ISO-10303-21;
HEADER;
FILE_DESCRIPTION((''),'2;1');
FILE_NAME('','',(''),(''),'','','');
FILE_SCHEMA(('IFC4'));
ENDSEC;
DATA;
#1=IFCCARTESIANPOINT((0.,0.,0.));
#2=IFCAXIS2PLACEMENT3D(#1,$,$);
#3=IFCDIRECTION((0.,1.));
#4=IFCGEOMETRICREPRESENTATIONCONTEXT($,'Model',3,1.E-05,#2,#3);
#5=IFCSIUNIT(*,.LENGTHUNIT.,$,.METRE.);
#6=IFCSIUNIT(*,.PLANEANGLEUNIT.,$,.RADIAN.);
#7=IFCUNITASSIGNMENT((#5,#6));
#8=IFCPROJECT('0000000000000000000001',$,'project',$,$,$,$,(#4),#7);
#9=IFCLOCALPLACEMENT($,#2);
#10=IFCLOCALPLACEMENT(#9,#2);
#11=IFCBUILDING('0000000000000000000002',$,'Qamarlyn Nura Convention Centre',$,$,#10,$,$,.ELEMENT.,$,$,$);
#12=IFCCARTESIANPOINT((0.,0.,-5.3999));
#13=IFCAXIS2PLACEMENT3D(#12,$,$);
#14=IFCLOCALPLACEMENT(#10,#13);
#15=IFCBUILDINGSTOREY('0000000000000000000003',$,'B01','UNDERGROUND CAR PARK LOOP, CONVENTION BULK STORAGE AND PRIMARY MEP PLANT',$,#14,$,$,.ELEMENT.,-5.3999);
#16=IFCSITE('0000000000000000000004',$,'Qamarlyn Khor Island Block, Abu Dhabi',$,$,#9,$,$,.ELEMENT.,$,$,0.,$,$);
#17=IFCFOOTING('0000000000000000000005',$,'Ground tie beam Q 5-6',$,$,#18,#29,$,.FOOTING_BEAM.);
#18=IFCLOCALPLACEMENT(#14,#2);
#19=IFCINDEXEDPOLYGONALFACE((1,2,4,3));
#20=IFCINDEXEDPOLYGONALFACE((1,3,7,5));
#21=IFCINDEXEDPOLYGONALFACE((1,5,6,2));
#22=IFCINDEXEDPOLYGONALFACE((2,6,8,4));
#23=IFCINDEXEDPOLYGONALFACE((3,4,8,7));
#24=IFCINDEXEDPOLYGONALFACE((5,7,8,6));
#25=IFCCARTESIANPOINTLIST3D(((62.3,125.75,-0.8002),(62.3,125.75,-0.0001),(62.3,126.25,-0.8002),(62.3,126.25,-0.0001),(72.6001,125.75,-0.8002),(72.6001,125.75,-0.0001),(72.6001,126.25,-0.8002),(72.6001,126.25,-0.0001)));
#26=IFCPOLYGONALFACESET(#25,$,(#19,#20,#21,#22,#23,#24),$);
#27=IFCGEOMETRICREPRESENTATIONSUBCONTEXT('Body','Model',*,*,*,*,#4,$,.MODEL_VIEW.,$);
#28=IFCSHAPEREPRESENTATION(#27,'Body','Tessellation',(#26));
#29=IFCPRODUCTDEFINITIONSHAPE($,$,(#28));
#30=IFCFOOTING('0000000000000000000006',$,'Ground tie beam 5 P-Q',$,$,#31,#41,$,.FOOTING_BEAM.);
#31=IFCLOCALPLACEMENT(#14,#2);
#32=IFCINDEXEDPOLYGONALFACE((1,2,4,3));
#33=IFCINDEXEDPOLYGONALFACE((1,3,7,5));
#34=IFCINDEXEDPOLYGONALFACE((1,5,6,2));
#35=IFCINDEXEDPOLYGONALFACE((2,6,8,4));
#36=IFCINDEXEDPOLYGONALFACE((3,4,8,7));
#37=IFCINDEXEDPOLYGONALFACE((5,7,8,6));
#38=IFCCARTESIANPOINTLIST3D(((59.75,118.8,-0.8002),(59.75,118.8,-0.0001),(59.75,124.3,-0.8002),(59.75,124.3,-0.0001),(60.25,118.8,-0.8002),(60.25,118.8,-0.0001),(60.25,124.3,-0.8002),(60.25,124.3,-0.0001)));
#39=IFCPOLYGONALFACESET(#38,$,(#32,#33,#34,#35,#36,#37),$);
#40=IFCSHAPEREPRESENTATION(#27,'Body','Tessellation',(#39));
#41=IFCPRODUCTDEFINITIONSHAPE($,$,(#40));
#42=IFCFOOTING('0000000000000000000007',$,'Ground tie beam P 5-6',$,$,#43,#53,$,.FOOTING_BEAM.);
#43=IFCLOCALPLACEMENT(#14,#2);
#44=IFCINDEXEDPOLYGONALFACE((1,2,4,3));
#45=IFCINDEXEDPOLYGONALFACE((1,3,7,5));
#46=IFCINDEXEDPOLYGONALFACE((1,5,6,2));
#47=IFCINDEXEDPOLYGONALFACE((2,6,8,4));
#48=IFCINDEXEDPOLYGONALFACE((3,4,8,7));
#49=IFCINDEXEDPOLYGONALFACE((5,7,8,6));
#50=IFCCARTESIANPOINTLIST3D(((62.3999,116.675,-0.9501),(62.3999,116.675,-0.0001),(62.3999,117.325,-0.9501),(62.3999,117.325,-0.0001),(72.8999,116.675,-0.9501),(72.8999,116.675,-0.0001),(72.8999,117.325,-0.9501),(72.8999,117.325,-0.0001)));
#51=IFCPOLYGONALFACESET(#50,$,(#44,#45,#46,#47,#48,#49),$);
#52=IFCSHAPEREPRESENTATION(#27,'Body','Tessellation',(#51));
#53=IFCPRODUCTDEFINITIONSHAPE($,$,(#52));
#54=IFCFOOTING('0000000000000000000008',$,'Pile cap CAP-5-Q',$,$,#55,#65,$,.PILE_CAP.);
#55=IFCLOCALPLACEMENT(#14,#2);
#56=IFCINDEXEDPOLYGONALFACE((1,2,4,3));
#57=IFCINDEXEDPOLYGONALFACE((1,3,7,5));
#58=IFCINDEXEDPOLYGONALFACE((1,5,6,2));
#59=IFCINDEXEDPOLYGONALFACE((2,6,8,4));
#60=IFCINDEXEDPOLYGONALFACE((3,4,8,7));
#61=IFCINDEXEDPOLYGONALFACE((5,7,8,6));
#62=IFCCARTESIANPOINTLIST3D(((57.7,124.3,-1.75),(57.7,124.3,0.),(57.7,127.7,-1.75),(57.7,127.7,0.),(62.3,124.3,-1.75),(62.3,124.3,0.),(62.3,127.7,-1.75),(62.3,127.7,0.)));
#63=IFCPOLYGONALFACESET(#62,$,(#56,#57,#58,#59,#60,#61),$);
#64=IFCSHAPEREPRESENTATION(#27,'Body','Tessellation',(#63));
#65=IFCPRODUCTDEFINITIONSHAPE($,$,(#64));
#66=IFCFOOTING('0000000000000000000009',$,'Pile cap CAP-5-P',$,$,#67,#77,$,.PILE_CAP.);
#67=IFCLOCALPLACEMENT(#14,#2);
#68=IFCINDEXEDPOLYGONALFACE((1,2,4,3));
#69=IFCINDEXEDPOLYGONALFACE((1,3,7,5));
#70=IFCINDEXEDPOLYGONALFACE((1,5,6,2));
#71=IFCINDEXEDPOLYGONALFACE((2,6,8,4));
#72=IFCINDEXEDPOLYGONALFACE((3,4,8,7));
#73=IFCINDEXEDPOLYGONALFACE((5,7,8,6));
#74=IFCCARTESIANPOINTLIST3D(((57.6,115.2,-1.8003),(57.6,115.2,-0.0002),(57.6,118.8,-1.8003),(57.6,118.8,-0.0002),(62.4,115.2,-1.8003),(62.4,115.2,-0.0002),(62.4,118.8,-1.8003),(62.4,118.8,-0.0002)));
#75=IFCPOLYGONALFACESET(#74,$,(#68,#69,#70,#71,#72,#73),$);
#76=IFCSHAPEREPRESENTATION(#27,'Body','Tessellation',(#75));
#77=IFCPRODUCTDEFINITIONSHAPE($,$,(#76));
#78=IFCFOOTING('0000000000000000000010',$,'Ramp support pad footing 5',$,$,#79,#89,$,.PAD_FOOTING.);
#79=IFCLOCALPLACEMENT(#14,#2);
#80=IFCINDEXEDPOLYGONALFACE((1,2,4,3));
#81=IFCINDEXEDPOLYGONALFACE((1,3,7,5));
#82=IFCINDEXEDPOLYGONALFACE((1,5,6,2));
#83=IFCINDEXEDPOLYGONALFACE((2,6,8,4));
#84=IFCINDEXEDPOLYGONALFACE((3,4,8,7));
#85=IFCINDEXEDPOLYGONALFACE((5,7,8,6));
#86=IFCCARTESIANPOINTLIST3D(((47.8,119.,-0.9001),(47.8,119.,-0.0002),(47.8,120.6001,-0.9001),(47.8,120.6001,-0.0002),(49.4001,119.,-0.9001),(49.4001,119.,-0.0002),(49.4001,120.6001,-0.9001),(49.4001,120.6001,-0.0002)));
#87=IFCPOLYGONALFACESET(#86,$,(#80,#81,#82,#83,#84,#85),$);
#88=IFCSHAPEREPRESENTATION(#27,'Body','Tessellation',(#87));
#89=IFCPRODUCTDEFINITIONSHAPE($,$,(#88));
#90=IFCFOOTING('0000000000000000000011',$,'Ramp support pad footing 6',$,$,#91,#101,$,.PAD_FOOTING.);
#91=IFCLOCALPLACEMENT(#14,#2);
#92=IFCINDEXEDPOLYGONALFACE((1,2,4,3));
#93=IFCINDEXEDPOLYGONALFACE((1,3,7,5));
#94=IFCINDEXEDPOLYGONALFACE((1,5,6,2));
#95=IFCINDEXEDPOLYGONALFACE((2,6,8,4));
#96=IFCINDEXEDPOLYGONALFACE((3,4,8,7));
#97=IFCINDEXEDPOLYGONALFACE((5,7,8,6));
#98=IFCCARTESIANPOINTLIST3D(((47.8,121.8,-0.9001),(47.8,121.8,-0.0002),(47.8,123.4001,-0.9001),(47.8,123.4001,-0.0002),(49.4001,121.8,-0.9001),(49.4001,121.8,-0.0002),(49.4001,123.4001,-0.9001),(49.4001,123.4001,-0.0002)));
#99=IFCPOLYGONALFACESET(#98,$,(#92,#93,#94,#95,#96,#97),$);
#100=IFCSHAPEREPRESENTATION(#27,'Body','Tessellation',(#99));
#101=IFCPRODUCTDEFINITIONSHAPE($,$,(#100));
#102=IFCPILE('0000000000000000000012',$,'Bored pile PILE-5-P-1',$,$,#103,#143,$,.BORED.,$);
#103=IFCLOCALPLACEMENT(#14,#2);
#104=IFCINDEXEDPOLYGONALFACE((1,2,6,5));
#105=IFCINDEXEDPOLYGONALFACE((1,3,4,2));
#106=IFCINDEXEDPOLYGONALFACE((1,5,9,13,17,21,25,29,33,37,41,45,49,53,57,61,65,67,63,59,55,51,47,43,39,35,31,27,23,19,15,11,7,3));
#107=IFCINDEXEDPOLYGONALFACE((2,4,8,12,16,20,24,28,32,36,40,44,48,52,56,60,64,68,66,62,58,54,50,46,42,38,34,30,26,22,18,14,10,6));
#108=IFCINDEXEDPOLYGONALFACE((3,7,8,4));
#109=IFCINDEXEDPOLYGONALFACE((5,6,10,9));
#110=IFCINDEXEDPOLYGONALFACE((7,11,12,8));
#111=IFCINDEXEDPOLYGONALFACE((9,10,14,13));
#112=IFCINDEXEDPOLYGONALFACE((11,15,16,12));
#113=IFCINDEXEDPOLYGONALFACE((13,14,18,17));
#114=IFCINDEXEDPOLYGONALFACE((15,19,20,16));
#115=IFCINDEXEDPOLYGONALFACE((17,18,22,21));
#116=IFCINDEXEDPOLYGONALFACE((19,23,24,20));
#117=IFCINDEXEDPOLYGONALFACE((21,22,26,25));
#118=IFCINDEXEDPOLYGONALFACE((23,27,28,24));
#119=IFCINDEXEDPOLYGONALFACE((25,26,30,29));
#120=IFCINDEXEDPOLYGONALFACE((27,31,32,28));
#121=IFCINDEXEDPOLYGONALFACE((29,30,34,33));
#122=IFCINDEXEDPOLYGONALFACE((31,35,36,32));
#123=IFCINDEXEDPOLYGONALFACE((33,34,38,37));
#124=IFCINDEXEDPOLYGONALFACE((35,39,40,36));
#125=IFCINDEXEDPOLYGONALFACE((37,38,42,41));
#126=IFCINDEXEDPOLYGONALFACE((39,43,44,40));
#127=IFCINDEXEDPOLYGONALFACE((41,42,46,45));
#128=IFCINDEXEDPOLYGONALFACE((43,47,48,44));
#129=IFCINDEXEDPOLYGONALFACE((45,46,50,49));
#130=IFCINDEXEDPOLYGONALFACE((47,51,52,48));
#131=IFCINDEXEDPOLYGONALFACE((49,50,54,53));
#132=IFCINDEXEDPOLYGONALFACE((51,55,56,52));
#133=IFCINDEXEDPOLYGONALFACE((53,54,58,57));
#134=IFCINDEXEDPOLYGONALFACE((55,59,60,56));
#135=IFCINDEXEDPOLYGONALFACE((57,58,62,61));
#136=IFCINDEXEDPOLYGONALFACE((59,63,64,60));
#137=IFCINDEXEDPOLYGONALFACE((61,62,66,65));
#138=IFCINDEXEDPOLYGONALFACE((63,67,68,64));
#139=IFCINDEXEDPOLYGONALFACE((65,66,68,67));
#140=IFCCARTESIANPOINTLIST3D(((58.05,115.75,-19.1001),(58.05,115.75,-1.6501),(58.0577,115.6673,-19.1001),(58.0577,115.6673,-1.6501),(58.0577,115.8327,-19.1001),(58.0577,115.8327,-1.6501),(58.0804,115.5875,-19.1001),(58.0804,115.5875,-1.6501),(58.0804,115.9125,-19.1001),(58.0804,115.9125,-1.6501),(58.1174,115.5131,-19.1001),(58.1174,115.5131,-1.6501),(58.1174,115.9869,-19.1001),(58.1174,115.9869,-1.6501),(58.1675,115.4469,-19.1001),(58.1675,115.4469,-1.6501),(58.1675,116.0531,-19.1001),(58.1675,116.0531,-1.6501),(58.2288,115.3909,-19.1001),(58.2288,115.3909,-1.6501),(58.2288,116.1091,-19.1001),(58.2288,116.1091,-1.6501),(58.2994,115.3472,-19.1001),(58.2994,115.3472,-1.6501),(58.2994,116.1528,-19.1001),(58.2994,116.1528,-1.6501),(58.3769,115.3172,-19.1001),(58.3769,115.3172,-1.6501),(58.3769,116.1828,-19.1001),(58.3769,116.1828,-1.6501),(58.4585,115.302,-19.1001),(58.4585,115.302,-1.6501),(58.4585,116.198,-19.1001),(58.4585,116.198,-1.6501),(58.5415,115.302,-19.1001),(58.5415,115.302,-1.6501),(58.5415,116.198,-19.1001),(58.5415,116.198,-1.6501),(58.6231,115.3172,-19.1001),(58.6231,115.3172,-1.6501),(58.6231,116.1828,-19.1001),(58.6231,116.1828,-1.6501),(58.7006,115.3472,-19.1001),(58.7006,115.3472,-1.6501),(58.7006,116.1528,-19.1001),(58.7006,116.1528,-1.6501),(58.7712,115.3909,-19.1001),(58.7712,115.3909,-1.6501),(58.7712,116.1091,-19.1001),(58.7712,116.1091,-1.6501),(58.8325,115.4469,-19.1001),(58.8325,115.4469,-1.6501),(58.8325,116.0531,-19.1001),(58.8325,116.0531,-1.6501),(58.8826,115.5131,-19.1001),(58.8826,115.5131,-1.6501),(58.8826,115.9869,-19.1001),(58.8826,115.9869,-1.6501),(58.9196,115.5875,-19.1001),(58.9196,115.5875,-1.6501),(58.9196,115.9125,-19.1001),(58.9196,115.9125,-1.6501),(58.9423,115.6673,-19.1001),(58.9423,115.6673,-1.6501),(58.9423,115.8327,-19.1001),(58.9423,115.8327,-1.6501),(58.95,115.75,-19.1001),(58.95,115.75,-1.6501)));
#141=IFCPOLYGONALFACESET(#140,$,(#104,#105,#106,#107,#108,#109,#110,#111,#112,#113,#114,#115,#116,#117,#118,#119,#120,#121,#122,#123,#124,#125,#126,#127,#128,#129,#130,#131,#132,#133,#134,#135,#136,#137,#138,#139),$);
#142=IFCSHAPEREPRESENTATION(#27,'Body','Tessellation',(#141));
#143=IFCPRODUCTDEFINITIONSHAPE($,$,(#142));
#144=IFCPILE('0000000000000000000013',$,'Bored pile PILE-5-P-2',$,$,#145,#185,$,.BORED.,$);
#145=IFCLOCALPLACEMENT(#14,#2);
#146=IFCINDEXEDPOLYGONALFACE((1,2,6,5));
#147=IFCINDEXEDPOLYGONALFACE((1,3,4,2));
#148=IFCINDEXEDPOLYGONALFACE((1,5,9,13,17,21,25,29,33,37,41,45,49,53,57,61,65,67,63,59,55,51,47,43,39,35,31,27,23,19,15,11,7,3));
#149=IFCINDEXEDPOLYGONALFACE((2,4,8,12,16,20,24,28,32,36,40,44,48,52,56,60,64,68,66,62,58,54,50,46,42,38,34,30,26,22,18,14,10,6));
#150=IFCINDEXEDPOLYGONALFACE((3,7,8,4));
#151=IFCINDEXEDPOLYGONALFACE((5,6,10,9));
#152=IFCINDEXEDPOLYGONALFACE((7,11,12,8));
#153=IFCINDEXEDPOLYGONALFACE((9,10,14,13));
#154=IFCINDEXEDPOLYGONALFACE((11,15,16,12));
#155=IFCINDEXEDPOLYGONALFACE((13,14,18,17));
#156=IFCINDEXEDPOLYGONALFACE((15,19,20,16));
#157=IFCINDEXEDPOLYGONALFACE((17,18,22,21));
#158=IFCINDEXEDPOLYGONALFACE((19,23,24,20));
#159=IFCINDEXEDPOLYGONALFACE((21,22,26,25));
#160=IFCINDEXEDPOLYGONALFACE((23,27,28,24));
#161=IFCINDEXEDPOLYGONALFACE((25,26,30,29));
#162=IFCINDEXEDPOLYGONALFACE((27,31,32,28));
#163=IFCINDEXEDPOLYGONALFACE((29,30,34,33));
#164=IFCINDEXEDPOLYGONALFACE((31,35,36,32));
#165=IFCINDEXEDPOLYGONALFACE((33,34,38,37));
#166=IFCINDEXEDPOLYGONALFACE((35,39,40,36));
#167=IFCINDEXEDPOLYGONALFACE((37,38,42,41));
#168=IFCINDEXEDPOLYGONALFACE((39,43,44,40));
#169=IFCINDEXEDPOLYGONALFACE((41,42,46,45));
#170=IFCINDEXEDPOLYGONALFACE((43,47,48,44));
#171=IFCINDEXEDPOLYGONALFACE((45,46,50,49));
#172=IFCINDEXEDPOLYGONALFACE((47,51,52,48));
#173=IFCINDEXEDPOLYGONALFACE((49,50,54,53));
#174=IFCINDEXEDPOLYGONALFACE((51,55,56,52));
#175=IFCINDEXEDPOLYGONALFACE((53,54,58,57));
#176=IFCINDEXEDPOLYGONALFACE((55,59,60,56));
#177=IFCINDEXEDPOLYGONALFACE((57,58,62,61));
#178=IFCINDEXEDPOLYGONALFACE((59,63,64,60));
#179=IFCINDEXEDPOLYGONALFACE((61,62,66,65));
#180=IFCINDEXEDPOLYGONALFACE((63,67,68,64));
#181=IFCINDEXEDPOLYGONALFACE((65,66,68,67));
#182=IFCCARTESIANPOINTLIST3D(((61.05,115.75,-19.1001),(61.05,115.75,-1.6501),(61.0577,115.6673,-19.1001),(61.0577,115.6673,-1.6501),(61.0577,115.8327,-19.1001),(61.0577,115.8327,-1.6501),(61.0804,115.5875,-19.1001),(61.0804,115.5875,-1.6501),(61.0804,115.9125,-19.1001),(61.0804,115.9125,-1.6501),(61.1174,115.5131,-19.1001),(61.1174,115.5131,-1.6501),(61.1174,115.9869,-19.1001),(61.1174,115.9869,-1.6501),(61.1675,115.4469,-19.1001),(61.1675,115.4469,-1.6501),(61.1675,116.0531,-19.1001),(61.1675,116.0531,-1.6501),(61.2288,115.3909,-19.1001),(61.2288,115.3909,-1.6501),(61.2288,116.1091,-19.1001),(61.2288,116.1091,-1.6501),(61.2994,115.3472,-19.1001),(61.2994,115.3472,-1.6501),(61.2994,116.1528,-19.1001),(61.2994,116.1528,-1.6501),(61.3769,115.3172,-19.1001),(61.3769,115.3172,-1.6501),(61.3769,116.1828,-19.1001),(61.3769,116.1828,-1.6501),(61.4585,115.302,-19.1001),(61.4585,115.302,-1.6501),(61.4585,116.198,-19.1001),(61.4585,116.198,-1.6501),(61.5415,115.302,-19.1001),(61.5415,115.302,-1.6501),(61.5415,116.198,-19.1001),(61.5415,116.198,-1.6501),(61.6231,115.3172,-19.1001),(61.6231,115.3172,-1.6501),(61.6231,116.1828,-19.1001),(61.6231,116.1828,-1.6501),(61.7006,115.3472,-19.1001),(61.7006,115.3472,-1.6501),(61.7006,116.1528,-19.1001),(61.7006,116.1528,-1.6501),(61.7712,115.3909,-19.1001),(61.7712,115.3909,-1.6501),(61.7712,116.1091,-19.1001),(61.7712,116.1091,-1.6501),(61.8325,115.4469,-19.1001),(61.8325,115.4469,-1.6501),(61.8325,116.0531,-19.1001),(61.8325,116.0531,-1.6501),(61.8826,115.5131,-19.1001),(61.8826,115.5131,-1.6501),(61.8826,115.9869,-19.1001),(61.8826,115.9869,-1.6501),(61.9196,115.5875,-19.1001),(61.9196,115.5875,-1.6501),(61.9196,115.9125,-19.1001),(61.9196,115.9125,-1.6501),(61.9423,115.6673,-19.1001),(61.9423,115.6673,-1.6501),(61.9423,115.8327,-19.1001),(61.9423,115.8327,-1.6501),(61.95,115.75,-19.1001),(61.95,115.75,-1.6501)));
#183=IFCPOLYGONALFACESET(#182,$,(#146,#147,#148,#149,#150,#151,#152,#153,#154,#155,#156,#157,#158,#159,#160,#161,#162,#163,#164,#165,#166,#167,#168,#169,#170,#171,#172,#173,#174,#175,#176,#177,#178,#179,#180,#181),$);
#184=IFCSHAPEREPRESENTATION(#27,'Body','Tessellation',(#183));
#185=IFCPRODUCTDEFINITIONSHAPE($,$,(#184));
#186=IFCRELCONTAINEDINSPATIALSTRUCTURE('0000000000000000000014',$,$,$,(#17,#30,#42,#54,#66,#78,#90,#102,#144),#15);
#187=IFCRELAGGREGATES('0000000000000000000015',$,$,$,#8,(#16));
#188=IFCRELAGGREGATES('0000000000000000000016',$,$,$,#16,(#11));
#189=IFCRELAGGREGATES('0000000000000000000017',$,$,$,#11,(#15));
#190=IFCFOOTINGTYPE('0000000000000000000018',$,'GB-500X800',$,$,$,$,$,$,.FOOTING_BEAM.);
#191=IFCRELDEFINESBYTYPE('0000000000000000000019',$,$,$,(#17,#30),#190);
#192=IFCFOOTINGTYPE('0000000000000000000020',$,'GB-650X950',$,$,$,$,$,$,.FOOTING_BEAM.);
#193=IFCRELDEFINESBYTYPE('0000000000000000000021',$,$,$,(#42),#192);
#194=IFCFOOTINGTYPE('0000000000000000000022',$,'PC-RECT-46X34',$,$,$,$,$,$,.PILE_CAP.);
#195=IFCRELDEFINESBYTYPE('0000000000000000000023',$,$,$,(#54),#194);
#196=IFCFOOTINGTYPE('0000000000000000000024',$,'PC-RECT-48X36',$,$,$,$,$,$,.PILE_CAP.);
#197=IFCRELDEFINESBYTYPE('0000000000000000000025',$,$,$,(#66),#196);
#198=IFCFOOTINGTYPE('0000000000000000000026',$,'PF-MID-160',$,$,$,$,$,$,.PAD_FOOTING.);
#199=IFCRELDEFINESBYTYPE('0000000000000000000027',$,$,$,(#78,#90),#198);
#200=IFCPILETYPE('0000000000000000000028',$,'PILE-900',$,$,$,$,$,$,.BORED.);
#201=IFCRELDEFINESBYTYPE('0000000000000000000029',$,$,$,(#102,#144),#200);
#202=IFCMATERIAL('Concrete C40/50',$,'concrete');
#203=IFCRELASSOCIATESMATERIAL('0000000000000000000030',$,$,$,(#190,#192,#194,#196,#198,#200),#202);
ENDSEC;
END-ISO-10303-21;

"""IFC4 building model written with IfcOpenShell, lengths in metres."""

from ifc_helpers import new_model, si_unit, direction, frame, origin, origin_2d, place, context, subcontext, project, spatial, rectangle, circle, extrude, material, material_profile, profile_set, type_object, element, save


model = new_model("IFC4")

# Units and contexts
model_context = context("Model", 3, precision=1e-05, world=origin(), true_north=direction((0.0, 1.0)))
body_context = subcontext(model_context, "Body", "Model", "MODEL_VIEW")
ifc_project = project(units=[si_unit("LENGTHUNIT", "METRE"), si_unit("PLANEANGLEUNIT", "RADIAN")], contexts=[model_context])

# Site, building, storey
site_placement = place(None, origin())
site = spatial("IfcSite", under=ifc_project, at=site_placement, Name="Qamarlyn Khor Island Block, Abu Dhabi", CompositionType="ELEMENT", RefElevation=0.0)
building_placement = place(site_placement, origin())
building = spatial("IfcBuilding", under=site, at=building_placement, Name="Qamarlyn Nura Convention Centre", CompositionType="ELEMENT")
storey_placement = place(building_placement, frame((0.0, 0.0, -5.3999)))
storey = spatial("IfcBuildingStorey", under=building, at=storey_placement, Name="B01", Description="UNDERGROUND CAR PARK LOOP, CONVENTION BULK STORAGE AND PRIMARY MEP PLANT", CompositionType="ELEMENT", Elevation=-5.3999)

# Footings
ifc_material_1 = material(Name="Concrete C40/50", Category="concrete")
ifc_material_profile_1 = material_profile(ifc_material_1, rectangle(XDim=0.5, YDim=0.8, at=origin_2d()), Name="RC GB 500x800")
ifc_profile_set_1 = profile_set([ifc_material_profile_1], Name="Concrete C40/50")
footing_type_1 = type_object("IfcFootingType", Name="GB-500X800", PredefinedType="FOOTING_BEAM", material=ifc_profile_set_1)
footing_1_placement = place(storey_placement, frame((62.3, 126.0, -0.4001), z_axis=(1.0, 0.0, 0.0), x_axis=(0.0, 1.0, 0.0)))
element("IfcFooting", 1, at=footing_1_placement, inside=storey, type_object=footing_type_1, Name="Ground tie beam Q 5-6", PredefinedType="FOOTING_BEAM", context=body_context, shape_type="SweptSolid", body=[
    extrude(rectangle(XDim=0.5, YDim=0.8, at=origin_2d()), origin(), (0.0, 0.0, 1.0), 10.3),
])
footing_2_placement = place(storey_placement, frame((60.0, 118.8, -0.4001), z_axis=(0.0, 1.0, 0.0), x_axis=(-1.0, 0.0, 0.0)))
element("IfcFooting", 2, at=footing_2_placement, inside=storey, type_object=footing_type_1, Name="Ground tie beam 5 P-Q", PredefinedType="FOOTING_BEAM", context=body_context, shape_type="SweptSolid", body=[
    extrude(rectangle(XDim=0.5, YDim=0.8, at=origin_2d()), origin(), (0.0, 0.0, 1.0), 5.5),
])
ifc_material_profile_2 = material_profile(ifc_material_1, rectangle(XDim=0.6499, YDim=0.95, at=origin_2d()), Name="RC GB 650x950")
ifc_profile_set_2 = profile_set([ifc_material_profile_2], Name="Concrete C40/50")
footing_type_2 = type_object("IfcFootingType", Name="GB-650X950", PredefinedType="FOOTING_BEAM", material=ifc_profile_set_2)
footing_3_placement = place(storey_placement, frame((62.3999, 117.0, -0.4751), z_axis=(1.0, 0.0, 0.0), x_axis=(0.0, 1.0, 0.0)))
element("IfcFooting", 3, at=footing_3_placement, inside=storey, type_object=footing_type_2, Name="Ground tie beam P 5-6", PredefinedType="FOOTING_BEAM", context=body_context, shape_type="SweptSolid", body=[
    extrude(rectangle(XDim=0.6499, YDim=0.95, at=origin_2d()), origin(), (0.0, 0.0, 1.0), 10.5),
])
footing_type_3 = type_object("IfcFootingType", Name="PC-RECT-46X34", PredefinedType="PILE_CAP", material=ifc_material_1)
footing_4_placement = place(storey_placement, frame((60.0, 126.0, -1.75), z_axis=(0.0, 0.0, 1.0), x_axis=(1.0, 0.0, 0.0)))
element("IfcFooting", 4, at=footing_4_placement, inside=storey, type_object=footing_type_3, Name="Pile cap CAP-5-Q", PredefinedType="PILE_CAP", context=body_context, shape_type="SweptSolid", body=[
    extrude(rectangle(XDim=4.6001, YDim=3.3999, at=origin_2d()), origin(), (0.0, 0.0, 1.0), 1.75),
])
footing_type_4 = type_object("IfcFootingType", Name="PC-RECT-48X36", PredefinedType="PILE_CAP", material=ifc_material_1)
footing_5_placement = place(storey_placement, frame((60.0, 117.0, -1.8003), z_axis=(0.0, 0.0, 1.0), x_axis=(1.0, 0.0, 0.0)))
element("IfcFooting", 5, at=footing_5_placement, inside=storey, type_object=footing_type_4, Name="Pile cap CAP-5-P", PredefinedType="PILE_CAP", context=body_context, shape_type="SweptSolid", body=[
    extrude(rectangle(XDim=4.8, YDim=3.6001, at=origin_2d()), origin(), (0.0, 0.0, 1.0), 1.8),
])
footing_type_5 = type_object("IfcFootingType", Name="PF-MID-160", PredefinedType="PAD_FOOTING", material=ifc_material_1)
for number, where, z_axis, x_axis, name in (
    (6, (48.6001, 119.8, -0.9001), (0.0, 0.0, 1.0), (1.0, 0.0, 0.0), "Ramp support pad footing 5"),
    (7, (48.6001, 122.6001, -0.9001), (0.0, 0.0, 1.0), (1.0, 0.0, 0.0), "Ramp support pad footing 6"),
):
    element("IfcFooting", number, at=place(storey_placement, frame(where, z_axis=z_axis, x_axis=x_axis)), inside=storey, type_object=footing_type_5, Name=name, PredefinedType="PAD_FOOTING", context=body_context, shape_type="SweptSolid", body=[
        extrude(rectangle(XDim=1.6001, YDim=1.6001, at=origin_2d()), origin(), (0.0, 0.0, 1.0), 0.8999),
    ])

# Piles
ifc_material_profile_3 = material_profile(ifc_material_1, circle(Radius=0.45, at=origin_2d()), Name="BORED PILE 900")
ifc_profile_set_3 = profile_set([ifc_material_profile_3], Name="Concrete C40/50")
pile_type = type_object("IfcPileType", Name="PILE-900", PredefinedType="BORED", material=ifc_profile_set_3)
for number, where, z_axis, x_axis, name in (
    (8, (58.5, 115.75, -1.6501), (0.0, 0.0, -1.0), (1.0, 0.0, 0.0), "Bored pile PILE-5-P-1"),
    (9, (61.5, 115.75, -1.6501), (0.0, 0.0, -1.0), (1.0, 0.0, 0.0), "Bored pile PILE-5-P-2"),
):
    element("IfcPile", number, at=place(storey_placement, frame(where, z_axis=z_axis, x_axis=x_axis)), inside=storey, type_object=pile_type, Name=name, PredefinedType="BORED", context=body_context, shape_type="SweptSolid", body=[
        extrude(circle(Radius=0.45, at=origin_2d()), origin(), (0.0, 0.0, 1.0), 17.45),
    ])

save(model, "model.ifc")
